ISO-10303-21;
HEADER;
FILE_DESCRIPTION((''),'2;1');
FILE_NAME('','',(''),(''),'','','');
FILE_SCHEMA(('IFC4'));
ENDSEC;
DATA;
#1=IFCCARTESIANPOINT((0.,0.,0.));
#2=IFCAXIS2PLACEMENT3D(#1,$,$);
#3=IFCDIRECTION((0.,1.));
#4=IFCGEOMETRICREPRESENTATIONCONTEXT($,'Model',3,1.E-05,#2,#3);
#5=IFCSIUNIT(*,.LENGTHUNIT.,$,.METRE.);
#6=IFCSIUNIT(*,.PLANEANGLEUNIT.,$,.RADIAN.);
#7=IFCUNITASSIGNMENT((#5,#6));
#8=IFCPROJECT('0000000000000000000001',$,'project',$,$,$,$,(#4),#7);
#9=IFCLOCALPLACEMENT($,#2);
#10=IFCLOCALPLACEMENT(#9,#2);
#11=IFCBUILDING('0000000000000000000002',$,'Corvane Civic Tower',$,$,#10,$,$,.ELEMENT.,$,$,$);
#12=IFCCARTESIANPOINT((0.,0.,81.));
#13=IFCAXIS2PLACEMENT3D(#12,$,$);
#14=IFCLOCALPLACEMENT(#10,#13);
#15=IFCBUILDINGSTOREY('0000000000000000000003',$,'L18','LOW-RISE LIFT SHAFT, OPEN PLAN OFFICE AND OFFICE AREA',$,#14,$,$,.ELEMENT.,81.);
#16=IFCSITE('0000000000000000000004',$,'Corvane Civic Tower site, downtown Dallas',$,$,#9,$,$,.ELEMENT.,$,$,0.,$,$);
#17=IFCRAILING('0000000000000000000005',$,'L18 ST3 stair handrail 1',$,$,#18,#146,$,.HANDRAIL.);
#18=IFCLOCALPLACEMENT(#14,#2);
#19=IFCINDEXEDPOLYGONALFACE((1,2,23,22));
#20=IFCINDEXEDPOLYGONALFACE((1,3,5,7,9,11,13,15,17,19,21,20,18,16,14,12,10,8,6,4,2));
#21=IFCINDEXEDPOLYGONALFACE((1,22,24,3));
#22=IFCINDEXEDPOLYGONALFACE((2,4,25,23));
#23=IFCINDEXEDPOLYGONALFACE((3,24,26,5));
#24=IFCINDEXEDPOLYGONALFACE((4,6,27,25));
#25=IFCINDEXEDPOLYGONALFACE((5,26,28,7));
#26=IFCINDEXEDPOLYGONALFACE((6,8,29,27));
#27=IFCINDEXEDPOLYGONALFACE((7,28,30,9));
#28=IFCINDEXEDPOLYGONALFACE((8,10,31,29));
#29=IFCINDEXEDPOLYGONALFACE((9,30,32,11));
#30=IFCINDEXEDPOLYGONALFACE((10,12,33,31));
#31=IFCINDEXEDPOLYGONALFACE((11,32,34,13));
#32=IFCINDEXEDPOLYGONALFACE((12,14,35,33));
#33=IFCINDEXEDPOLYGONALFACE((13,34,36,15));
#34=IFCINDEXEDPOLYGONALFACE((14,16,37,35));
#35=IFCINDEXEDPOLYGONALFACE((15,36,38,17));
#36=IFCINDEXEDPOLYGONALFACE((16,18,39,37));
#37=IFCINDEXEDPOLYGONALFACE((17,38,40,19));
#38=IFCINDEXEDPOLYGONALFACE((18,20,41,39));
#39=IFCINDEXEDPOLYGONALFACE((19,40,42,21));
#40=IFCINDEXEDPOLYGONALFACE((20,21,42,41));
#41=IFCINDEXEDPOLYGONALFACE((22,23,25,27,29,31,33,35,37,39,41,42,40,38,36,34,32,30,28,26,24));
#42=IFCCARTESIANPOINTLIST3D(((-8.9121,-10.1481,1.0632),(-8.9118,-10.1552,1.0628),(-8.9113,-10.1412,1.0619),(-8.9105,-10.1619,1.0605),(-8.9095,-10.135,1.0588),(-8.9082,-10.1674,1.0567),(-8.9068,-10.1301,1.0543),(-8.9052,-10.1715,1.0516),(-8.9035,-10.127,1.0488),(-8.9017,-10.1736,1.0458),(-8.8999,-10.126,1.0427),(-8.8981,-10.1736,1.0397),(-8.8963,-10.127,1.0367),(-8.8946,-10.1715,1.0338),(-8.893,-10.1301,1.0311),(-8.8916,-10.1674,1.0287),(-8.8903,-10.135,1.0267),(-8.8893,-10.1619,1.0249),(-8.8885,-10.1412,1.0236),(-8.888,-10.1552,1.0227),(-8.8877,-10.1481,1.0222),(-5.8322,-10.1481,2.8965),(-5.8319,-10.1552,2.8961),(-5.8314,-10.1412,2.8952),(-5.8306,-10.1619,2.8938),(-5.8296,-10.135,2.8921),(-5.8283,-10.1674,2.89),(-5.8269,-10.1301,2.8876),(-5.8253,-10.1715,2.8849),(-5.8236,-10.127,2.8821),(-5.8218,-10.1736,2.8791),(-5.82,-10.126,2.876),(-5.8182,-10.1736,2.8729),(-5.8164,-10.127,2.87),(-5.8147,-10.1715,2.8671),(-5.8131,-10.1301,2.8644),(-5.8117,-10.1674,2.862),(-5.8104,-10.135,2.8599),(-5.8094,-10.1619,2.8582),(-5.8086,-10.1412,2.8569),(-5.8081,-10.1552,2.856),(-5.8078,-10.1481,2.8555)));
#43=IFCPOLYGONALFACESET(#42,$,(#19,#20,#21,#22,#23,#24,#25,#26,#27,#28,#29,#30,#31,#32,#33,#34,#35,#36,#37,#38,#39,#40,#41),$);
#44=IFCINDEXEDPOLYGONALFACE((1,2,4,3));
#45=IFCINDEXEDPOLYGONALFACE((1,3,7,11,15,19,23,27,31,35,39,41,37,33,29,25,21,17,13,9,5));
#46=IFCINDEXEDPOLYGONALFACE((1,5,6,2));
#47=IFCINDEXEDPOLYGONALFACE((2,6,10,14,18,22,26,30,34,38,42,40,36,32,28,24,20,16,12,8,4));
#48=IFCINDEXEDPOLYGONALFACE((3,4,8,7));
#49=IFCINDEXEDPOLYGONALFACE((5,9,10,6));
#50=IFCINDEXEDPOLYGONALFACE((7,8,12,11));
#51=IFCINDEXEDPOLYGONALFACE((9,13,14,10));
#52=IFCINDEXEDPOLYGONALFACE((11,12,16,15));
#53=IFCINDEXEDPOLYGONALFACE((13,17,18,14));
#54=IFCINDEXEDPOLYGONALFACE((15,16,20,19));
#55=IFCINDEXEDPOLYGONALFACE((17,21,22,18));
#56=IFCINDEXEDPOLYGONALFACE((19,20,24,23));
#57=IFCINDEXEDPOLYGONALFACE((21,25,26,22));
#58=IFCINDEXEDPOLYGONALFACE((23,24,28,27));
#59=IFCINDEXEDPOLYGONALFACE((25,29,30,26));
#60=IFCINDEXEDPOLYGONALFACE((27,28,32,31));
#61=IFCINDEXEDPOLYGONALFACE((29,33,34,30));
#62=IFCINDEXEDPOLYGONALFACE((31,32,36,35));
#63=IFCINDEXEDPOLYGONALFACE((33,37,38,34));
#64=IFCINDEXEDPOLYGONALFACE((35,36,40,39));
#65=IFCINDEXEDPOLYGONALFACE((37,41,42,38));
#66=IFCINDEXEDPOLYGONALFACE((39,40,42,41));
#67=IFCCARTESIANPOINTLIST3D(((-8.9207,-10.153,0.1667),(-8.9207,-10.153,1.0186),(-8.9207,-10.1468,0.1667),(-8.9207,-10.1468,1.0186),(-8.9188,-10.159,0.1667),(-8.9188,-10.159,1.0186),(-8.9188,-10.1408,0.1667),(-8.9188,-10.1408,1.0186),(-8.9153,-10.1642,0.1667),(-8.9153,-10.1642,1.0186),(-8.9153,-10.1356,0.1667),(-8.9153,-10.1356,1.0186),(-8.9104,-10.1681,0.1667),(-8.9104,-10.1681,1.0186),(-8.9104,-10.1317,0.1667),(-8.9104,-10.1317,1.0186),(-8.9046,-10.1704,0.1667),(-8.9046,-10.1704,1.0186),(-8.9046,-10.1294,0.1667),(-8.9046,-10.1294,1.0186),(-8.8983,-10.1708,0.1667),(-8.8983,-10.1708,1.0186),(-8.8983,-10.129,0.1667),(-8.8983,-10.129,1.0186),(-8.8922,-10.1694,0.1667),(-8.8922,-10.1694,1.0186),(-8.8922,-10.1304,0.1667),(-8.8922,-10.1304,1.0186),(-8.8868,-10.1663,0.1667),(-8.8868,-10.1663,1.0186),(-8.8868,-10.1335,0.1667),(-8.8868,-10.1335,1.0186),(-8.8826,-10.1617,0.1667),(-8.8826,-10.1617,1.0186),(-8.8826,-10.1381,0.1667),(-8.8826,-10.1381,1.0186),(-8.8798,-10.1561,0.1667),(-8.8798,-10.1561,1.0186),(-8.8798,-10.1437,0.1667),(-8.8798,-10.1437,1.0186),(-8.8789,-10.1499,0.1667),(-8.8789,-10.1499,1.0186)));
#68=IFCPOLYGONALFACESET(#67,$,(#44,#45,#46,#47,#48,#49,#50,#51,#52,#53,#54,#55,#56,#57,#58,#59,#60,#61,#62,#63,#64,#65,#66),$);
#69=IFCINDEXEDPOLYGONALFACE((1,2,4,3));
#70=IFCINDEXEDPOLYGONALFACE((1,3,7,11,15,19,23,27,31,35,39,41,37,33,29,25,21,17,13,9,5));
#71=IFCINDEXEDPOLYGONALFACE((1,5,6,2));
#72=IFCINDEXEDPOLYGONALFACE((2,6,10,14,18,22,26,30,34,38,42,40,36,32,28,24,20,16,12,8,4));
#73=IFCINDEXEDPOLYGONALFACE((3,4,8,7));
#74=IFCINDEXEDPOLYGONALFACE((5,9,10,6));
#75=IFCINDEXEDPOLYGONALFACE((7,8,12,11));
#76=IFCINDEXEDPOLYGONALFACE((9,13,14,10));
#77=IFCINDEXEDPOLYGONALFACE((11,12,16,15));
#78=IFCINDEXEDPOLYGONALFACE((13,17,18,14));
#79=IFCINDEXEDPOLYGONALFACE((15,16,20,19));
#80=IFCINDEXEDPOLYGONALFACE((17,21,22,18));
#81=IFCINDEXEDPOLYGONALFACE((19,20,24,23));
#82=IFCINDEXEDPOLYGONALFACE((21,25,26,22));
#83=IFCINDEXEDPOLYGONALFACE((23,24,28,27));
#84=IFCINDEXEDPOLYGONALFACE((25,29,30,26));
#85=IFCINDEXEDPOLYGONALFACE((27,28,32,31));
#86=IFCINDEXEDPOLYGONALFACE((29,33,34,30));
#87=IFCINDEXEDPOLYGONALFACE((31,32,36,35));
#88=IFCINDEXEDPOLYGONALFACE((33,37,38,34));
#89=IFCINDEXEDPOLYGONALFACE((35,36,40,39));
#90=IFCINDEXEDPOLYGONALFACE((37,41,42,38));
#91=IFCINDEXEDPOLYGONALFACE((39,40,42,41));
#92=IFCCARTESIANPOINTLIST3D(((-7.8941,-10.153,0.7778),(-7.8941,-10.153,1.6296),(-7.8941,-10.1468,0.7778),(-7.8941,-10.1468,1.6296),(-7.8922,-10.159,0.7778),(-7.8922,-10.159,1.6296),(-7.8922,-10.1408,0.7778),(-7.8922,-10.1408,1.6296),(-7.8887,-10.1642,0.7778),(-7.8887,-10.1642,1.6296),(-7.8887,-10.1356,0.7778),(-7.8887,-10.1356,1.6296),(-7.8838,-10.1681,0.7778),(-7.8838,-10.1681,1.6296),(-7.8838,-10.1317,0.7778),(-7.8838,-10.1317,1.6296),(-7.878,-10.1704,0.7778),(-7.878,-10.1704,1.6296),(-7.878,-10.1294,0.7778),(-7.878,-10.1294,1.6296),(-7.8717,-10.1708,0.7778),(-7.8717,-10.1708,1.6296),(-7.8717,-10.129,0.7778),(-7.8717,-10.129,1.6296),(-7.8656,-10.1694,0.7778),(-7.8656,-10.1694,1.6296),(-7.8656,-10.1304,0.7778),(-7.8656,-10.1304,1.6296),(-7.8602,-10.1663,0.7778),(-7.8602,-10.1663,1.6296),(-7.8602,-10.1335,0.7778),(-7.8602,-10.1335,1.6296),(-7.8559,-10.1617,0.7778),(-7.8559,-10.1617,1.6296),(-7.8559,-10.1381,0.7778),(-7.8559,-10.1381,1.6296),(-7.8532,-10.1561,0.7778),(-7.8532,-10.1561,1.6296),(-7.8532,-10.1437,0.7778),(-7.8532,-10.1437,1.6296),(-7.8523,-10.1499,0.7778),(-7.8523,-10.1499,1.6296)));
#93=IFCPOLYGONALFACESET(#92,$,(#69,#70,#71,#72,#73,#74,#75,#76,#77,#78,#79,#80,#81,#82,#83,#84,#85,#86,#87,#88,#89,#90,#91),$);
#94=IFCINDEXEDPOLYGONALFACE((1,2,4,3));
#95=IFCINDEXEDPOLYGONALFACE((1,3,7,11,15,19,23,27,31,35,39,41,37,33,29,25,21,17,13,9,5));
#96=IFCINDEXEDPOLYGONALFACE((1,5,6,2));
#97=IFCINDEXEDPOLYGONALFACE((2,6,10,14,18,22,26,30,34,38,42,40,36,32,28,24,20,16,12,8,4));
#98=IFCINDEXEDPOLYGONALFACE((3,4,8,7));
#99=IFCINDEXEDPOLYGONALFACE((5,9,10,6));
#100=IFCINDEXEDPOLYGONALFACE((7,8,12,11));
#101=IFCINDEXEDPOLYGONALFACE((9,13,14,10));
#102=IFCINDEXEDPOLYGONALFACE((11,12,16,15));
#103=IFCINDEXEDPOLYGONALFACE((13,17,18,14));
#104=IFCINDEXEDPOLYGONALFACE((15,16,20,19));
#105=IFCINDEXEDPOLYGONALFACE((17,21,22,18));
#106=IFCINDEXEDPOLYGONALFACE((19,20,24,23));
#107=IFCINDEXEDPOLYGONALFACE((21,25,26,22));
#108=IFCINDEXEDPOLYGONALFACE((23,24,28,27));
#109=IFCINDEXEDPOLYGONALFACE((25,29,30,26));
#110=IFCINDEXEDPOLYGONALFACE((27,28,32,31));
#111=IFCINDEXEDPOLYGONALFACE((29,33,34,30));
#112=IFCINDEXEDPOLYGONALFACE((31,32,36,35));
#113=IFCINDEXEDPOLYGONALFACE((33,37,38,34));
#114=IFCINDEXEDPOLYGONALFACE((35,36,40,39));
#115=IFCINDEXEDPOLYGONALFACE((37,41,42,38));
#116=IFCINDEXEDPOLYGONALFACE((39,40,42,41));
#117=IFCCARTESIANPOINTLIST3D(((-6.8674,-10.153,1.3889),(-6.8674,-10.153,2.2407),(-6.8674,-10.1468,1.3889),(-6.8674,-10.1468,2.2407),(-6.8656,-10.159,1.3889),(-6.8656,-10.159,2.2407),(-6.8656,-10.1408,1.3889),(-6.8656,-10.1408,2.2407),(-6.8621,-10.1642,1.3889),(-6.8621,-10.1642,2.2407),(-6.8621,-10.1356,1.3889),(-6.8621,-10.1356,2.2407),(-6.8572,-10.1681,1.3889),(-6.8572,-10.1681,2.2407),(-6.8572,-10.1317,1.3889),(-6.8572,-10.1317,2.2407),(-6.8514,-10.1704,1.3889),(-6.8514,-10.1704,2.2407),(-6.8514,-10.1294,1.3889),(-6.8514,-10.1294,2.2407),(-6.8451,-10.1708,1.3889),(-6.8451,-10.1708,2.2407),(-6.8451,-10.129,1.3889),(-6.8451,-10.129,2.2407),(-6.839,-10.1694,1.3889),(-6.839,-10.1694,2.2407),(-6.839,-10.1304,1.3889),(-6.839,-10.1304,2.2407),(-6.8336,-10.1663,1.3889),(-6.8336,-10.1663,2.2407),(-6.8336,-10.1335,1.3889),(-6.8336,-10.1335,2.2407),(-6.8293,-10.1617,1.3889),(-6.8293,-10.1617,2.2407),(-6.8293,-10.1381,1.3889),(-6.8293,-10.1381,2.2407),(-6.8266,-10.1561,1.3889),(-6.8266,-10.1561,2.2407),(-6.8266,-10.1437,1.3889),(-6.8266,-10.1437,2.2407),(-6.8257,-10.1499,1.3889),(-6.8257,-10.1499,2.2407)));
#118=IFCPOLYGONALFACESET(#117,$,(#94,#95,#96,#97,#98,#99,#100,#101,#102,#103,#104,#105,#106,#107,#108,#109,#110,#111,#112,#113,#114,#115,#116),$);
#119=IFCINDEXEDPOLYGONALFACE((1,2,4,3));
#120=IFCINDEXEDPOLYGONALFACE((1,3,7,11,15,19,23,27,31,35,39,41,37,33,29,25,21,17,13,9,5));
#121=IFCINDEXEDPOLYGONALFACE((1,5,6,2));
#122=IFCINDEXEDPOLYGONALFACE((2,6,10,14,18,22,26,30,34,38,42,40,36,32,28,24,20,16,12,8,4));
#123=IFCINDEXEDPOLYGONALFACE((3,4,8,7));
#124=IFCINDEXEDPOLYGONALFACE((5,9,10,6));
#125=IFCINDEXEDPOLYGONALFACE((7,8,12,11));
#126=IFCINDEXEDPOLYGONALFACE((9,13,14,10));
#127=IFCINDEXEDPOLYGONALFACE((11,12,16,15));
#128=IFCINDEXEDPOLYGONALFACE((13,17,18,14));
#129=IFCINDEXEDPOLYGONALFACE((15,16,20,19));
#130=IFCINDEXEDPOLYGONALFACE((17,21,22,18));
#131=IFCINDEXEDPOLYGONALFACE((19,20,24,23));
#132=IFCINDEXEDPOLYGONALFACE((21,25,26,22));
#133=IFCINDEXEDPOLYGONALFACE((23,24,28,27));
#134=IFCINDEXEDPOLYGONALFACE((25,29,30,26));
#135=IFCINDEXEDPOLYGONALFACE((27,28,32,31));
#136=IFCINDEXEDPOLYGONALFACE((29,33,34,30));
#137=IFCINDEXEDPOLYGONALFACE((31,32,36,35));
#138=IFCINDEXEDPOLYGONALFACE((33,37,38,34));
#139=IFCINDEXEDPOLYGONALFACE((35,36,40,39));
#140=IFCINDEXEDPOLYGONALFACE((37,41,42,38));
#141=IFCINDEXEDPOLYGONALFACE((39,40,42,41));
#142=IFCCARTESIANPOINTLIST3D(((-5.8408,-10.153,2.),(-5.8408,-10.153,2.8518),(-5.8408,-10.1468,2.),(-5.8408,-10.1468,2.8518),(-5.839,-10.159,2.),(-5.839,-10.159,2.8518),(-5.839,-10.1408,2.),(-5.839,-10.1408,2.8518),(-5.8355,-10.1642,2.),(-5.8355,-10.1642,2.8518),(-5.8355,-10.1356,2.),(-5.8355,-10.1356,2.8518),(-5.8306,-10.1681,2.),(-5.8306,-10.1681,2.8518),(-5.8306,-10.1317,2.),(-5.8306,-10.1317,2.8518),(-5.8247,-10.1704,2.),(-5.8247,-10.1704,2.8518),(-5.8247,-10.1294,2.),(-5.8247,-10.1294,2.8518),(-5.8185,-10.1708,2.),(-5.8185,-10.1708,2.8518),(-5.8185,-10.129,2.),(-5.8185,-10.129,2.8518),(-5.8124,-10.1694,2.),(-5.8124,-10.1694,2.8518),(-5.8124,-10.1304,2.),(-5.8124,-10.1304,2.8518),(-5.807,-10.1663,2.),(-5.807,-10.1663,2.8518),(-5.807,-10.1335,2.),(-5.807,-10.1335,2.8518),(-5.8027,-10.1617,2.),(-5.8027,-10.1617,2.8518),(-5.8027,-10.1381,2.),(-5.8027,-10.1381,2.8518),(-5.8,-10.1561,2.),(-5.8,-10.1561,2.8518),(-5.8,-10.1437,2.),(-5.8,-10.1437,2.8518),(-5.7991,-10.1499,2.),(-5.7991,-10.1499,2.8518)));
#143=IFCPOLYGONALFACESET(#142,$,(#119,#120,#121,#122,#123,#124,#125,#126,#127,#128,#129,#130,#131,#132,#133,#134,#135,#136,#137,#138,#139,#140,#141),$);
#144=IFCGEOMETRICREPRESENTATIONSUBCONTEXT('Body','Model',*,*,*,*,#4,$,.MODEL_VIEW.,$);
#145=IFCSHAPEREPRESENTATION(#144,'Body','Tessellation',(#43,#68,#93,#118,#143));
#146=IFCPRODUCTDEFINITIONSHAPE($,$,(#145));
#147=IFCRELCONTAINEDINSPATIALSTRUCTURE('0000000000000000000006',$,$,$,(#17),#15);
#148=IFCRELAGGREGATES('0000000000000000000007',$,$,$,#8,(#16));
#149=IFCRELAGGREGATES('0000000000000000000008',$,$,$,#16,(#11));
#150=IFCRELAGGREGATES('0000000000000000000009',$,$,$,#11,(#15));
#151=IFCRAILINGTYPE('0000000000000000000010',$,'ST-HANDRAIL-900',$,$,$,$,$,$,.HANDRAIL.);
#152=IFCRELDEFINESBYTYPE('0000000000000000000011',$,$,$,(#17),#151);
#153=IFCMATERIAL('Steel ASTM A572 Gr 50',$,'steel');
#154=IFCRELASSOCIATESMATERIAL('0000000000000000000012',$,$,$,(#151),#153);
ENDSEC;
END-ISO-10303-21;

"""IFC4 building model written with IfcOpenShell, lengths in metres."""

from ifc_helpers import new_model, si_unit, direction, frame, origin, origin_2d, place, context, subcontext, project, spatial, circle, extrude, material, type_object, element, save


model = new_model("IFC4")

# Units and contexts
model_context = context("Model", 3, precision=1e-05, world=origin(), true_north=direction((0.0, 1.0)))
body_context = subcontext(model_context, "Body", "Model", "MODEL_VIEW")
ifc_project = project(units=[si_unit("LENGTHUNIT", "METRE"), si_unit("PLANEANGLEUNIT", "RADIAN")], contexts=[model_context])

# Site, building, storey
site_placement = place(None, origin())
site = spatial("IfcSite", under=ifc_project, at=site_placement, Name="Corvane Civic Tower site, downtown Dallas", CompositionType="ELEMENT", RefElevation=0.0)
building_placement = place(site_placement, origin())
building = spatial("IfcBuilding", under=site, at=building_placement, Name="Corvane Civic Tower", CompositionType="ELEMENT")
storey_placement = place(building_placement, frame((0.0, 0.0, 81.0)))
storey = spatial("IfcBuildingStorey", under=building, at=storey_placement, Name="L18", Description="LOW-RISE LIFT SHAFT, OPEN PLAN OFFICE AND OFFICE AREA", CompositionType="ELEMENT", Elevation=81.0)

# Railing
ifc_material_1 = material(Name="Steel ASTM A572 Gr 50", Category="steel")
railing_type_1 = type_object("IfcRailingType", Name="ST-HANDRAIL-900", PredefinedType="HANDRAIL", material=ifc_material_1)
railing_1_placement = place(storey_placement, frame((-8.8999, -10.1499, 0.1667)))
element("IfcRailing", 1, at=railing_1_placement, inside=storey, type_object=railing_type_1, Name="L18 ST3 stair handrail 1", PredefinedType="HANDRAIL", context=body_context, shape_type="SweptSolid", body=[
    extrude(circle(Radius=0.0239, at=origin_2d()), frame((0.0, 0.0, 0.876), z_axis=(0.859291, 0.0, 0.511487), x_axis=(0.0, 1.0, 0.0)), (0.0, 0.0, 1.0), 3.5842),
    extrude(circle(Radius=0.021, at=origin_2d()), origin(), (0.0, 0.0, 1.0), 0.8518),
    extrude(circle(Radius=0.021, at=origin_2d()), frame((1.0266, 0.0, 0.6111)), (0.0, 0.0, 1.0), 0.8518),
    extrude(circle(Radius=0.021, at=origin_2d()), frame((2.0532, 0.0, 1.2222)), (0.0, 0.0, 1.0), 0.8518),
    extrude(circle(Radius=0.021, at=origin_2d()), frame((3.0798, 0.0, 1.8333)), (0.0, 0.0, 1.0), 0.8518),
])

save(model, "model.ifc")
